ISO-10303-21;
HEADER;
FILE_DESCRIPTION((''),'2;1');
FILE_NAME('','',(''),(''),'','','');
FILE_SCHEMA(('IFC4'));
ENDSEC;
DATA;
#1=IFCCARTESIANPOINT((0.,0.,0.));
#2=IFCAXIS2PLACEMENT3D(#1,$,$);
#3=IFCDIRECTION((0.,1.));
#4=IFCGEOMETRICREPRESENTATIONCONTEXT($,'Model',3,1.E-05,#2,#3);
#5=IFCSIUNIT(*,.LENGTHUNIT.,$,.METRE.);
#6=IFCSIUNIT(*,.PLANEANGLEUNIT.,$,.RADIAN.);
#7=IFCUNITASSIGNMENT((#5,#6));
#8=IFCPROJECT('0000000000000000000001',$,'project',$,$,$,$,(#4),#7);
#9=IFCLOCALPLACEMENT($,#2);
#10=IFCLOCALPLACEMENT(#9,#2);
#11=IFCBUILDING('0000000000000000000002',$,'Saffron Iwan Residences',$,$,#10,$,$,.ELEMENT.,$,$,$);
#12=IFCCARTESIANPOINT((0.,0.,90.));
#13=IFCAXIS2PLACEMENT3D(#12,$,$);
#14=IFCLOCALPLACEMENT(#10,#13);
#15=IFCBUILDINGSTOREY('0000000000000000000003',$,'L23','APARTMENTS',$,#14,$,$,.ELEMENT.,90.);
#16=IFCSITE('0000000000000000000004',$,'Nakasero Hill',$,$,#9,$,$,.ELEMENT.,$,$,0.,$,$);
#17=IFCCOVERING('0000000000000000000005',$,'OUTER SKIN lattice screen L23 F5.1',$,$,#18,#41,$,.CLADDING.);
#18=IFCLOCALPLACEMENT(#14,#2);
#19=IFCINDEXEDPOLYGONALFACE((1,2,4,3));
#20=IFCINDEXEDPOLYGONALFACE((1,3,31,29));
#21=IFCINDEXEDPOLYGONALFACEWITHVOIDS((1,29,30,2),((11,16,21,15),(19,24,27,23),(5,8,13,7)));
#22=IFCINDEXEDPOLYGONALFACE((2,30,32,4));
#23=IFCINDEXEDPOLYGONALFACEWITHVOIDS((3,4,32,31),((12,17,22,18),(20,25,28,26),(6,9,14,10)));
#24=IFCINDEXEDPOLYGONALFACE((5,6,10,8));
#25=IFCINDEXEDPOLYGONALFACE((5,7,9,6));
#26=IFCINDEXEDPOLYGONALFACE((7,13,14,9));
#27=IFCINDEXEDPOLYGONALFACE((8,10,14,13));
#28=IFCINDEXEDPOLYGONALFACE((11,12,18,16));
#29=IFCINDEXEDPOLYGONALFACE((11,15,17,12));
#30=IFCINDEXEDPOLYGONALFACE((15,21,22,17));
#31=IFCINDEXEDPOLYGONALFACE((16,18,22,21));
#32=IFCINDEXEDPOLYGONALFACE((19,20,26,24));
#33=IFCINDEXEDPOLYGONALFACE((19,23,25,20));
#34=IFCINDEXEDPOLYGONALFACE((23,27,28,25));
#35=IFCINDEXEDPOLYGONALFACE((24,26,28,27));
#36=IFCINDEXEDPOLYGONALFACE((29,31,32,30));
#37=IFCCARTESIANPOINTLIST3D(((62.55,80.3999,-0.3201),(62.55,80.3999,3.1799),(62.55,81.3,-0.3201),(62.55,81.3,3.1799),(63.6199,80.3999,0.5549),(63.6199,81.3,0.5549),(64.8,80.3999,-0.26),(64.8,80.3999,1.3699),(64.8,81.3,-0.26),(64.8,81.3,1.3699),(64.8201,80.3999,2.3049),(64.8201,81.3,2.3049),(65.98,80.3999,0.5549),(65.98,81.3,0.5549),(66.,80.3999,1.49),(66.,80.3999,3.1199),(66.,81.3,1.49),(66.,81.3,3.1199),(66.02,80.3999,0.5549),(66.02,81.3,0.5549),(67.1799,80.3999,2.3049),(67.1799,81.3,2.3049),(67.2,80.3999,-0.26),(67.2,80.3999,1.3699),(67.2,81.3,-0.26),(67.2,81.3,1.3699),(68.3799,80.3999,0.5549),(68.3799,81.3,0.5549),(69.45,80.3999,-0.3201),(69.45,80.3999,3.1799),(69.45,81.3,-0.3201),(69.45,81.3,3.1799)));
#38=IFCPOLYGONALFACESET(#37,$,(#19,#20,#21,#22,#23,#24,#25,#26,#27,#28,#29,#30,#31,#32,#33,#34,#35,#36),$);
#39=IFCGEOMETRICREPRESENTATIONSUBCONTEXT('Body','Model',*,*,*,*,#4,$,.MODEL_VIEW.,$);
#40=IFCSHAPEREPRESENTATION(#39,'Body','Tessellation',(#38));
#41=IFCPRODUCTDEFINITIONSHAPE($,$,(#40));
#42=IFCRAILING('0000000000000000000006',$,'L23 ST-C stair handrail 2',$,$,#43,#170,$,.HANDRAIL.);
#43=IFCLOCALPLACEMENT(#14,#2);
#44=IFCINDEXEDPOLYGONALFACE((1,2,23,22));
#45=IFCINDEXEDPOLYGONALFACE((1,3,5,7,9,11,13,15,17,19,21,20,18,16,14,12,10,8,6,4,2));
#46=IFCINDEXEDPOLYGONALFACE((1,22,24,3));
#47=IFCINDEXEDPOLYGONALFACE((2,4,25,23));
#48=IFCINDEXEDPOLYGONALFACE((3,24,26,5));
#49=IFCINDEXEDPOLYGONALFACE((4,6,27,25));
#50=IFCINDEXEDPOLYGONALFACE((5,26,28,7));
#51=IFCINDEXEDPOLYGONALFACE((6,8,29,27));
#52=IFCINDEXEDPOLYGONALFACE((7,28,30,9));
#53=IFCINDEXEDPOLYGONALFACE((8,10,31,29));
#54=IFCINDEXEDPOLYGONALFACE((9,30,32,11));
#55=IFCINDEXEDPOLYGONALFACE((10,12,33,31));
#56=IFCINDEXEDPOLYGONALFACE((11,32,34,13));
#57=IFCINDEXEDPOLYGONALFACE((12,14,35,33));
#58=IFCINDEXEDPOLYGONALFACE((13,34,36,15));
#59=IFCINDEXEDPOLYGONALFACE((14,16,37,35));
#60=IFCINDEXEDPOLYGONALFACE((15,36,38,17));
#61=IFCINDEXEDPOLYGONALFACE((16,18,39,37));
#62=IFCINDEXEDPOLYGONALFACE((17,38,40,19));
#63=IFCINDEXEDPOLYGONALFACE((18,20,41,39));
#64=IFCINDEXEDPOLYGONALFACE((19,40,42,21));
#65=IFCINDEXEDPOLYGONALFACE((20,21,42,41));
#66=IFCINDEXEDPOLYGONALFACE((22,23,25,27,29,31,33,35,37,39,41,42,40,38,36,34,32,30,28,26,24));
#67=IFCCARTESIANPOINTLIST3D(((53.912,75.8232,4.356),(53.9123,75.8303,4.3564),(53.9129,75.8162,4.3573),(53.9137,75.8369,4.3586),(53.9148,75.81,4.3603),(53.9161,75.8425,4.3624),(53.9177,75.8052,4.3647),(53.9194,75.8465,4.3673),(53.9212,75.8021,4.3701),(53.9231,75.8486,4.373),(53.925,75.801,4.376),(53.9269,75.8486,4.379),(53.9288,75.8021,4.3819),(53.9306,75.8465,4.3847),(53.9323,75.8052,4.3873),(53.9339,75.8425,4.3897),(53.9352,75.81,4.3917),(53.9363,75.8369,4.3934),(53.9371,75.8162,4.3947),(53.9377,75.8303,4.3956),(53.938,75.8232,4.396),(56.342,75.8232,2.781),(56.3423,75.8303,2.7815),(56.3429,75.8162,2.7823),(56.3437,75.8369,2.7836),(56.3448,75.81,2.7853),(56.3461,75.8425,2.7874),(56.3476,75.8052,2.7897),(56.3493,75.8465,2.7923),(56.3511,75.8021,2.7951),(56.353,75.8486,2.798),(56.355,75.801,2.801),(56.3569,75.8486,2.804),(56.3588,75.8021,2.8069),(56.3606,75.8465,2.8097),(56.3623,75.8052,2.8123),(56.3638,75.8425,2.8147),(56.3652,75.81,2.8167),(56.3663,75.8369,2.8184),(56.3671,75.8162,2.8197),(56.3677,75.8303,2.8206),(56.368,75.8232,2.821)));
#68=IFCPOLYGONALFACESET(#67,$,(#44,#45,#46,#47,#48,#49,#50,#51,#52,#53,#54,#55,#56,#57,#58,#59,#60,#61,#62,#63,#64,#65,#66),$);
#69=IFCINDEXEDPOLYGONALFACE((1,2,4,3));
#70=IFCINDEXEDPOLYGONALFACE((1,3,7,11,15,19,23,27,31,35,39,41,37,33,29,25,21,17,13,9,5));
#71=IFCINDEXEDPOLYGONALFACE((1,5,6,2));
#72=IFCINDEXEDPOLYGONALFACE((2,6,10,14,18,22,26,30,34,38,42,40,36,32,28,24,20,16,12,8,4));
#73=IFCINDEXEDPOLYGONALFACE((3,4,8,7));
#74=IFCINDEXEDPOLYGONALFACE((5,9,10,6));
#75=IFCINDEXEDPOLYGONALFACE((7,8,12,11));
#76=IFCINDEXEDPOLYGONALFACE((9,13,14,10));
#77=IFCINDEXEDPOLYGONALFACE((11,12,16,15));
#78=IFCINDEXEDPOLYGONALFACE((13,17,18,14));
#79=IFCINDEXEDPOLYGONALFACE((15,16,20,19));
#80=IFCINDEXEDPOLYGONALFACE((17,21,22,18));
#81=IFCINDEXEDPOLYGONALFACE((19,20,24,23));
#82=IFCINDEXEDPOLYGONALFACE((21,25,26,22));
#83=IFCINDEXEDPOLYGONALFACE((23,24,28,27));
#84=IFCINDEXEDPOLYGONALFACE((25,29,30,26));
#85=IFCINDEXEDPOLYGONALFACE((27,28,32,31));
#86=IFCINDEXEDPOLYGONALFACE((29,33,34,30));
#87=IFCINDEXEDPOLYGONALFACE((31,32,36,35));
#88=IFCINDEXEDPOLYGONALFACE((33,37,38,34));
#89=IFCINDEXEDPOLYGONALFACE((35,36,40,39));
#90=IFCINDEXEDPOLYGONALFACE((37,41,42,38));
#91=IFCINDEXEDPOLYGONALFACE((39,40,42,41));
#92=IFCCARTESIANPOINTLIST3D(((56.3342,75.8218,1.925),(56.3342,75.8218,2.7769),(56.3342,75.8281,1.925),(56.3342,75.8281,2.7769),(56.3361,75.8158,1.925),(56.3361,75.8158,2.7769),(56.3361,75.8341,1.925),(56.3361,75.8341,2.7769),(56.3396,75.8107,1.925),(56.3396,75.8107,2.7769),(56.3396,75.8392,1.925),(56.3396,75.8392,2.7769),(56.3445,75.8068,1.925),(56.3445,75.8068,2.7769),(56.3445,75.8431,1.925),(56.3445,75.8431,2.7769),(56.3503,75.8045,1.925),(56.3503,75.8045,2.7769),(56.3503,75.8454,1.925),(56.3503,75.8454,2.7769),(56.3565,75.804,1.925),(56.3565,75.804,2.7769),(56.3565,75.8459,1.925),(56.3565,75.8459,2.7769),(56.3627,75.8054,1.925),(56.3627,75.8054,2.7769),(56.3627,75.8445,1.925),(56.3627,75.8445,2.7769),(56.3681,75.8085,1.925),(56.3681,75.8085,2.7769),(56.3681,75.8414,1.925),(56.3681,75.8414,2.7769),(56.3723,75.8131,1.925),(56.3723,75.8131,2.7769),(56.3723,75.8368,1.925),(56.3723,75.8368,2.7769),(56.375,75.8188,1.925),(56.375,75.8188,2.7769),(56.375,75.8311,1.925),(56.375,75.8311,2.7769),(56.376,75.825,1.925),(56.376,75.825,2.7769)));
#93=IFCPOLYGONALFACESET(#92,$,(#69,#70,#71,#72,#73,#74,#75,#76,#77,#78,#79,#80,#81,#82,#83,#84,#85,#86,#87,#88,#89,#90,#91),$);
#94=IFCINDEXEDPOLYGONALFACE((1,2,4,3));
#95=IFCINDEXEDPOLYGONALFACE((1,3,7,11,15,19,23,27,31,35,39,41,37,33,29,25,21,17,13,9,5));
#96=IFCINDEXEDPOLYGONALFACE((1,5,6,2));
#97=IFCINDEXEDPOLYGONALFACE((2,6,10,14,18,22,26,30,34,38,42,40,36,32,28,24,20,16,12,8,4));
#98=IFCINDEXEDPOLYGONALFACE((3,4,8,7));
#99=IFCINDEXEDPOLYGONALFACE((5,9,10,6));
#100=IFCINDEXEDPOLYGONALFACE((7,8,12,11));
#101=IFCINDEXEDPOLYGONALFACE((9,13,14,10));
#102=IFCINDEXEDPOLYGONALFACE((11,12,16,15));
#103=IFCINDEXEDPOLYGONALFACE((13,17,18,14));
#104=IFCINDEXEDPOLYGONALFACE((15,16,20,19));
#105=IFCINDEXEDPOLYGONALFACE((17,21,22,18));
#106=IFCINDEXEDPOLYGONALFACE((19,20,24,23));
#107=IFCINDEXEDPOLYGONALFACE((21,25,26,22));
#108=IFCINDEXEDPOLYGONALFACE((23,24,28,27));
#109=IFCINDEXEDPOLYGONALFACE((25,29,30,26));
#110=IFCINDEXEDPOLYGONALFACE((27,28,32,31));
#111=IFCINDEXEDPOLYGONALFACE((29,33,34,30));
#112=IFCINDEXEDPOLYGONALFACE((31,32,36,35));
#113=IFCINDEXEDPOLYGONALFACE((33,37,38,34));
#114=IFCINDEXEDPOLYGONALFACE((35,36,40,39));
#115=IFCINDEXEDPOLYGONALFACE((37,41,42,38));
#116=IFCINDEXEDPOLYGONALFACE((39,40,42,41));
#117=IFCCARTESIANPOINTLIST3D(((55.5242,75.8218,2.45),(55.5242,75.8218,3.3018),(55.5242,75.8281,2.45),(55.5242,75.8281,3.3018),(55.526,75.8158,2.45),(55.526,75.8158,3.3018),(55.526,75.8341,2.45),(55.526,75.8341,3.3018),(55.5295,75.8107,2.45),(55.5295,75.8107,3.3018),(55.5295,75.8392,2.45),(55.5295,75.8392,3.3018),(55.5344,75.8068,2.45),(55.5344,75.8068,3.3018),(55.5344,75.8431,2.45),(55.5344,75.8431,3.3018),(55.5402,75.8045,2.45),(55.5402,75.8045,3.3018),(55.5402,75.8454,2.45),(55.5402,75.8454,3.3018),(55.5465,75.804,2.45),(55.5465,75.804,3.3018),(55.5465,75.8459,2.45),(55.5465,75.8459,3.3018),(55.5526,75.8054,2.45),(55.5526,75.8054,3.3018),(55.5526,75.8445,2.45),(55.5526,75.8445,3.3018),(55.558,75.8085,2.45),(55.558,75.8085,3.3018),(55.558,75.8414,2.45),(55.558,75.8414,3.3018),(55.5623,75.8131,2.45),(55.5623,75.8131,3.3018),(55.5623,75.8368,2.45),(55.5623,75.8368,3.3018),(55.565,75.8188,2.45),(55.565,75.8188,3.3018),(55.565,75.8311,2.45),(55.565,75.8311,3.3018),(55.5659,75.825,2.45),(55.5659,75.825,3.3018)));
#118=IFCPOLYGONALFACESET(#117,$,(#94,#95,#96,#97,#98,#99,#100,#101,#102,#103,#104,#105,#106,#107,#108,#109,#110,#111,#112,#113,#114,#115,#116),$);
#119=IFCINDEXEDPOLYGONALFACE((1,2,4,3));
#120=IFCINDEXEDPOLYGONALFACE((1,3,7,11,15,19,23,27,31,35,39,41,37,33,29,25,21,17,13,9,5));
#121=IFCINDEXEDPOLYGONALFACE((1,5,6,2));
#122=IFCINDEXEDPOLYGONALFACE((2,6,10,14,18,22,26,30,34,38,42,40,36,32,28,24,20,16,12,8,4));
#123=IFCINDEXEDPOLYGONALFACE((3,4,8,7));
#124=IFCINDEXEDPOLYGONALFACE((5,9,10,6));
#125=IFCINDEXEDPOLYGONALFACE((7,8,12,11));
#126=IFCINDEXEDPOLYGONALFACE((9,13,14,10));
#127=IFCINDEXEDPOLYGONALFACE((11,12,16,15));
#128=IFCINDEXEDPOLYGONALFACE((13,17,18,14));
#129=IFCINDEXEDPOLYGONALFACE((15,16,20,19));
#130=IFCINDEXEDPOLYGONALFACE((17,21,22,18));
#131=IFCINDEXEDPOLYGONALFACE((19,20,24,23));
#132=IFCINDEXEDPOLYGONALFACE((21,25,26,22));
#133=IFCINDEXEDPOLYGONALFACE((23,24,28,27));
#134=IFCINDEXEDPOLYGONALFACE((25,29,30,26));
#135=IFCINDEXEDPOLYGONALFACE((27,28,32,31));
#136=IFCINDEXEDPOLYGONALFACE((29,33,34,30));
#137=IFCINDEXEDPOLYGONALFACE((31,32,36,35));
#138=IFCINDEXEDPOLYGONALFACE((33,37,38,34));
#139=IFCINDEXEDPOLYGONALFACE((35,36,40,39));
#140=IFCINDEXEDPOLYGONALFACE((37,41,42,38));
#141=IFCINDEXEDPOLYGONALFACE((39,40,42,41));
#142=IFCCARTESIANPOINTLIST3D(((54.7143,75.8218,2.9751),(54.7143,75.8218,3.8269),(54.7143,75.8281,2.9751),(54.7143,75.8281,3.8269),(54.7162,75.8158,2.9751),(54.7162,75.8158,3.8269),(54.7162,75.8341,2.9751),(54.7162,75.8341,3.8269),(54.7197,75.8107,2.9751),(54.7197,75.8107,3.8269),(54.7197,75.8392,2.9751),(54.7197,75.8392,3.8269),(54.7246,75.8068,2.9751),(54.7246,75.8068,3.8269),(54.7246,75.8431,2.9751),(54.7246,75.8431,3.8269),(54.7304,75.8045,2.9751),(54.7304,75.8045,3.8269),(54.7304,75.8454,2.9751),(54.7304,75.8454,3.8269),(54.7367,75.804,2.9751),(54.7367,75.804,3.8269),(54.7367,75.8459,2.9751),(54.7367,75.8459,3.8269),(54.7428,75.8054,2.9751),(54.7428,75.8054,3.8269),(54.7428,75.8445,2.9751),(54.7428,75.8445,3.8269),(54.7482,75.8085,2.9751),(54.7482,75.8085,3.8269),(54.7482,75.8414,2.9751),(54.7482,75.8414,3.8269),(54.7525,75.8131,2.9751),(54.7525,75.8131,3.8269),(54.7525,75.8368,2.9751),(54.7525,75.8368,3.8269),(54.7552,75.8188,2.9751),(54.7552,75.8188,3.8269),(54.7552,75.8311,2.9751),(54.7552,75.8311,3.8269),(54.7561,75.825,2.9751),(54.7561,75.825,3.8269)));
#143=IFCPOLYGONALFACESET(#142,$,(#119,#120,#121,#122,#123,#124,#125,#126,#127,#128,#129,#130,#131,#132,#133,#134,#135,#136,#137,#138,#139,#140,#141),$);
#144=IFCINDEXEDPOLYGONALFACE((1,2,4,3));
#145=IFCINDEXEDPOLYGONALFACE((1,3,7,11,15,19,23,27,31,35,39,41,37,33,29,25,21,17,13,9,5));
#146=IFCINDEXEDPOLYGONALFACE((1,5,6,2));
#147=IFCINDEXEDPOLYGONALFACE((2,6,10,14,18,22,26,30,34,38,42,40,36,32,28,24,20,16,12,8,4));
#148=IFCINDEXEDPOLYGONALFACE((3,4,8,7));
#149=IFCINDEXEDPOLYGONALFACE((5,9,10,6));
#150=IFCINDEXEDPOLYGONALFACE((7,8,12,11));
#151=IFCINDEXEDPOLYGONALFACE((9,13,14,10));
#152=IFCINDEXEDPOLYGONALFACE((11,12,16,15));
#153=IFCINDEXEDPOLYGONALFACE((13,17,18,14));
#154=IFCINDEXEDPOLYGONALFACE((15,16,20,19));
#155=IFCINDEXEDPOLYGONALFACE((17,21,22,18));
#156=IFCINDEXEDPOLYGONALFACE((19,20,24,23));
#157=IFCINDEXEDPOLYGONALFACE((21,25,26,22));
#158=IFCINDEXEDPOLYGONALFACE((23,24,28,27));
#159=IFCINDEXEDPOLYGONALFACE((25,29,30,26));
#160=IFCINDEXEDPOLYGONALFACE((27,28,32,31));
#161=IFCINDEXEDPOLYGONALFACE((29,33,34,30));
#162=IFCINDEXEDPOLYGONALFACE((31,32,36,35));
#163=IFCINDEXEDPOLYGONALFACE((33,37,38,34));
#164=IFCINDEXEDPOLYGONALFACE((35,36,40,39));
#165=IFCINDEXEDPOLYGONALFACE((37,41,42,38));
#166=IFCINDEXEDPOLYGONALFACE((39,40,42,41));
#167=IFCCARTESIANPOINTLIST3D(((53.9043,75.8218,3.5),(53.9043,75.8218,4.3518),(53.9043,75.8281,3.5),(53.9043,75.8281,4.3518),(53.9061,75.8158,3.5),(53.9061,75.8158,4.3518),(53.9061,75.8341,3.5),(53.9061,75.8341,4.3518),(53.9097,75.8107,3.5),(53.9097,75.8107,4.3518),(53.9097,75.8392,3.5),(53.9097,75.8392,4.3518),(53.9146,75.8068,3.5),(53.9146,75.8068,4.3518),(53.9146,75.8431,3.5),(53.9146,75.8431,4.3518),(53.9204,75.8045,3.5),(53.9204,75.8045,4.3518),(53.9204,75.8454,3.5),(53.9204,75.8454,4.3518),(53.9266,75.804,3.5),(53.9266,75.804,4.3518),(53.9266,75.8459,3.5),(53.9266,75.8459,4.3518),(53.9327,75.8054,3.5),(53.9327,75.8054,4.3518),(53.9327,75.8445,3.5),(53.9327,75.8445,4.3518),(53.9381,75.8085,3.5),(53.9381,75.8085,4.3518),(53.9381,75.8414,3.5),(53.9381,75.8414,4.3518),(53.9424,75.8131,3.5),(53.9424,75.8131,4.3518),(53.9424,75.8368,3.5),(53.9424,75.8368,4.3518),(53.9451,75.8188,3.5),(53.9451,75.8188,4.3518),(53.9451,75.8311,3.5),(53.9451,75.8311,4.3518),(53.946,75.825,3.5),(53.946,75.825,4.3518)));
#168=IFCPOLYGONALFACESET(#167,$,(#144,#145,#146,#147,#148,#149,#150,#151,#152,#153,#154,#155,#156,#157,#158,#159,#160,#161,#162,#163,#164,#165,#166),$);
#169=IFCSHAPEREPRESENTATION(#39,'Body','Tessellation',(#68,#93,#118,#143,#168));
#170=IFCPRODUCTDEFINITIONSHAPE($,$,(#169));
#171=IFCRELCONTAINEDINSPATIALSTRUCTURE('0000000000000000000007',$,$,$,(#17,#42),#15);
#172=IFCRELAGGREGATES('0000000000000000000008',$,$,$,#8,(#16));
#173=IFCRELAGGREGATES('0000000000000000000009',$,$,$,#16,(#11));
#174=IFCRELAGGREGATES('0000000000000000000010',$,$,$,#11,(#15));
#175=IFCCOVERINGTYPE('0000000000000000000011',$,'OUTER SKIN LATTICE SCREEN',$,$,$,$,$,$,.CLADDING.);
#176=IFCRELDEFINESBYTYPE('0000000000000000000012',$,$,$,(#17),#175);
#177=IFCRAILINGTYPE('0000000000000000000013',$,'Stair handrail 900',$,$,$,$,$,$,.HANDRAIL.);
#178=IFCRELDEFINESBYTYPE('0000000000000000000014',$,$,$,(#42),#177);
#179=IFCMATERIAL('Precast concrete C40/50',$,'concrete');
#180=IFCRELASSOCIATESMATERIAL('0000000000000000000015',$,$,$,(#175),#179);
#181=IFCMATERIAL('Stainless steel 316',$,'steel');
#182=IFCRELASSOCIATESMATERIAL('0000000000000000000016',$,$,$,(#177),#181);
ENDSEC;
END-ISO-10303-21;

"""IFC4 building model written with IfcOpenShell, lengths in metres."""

from ifc_helpers import new_model, si_unit, direction, frame, origin, origin_2d, place, context, subcontext, project, spatial, polyline, circle, outline, extrude, material, type_object, element, save


model = new_model("IFC4")

# Units and contexts
model_context = context("Model", 3, precision=1e-05, world=origin(), true_north=direction((0.0, 1.0)))
body_context = subcontext(model_context, "Body", "Model", "MODEL_VIEW")
ifc_project = project(units=[si_unit("LENGTHUNIT", "METRE"), si_unit("PLANEANGLEUNIT", "RADIAN")], contexts=[model_context])

# Site, building, storey
site_placement = place(None, origin())
site = spatial("IfcSite", under=ifc_project, at=site_placement, Name="Nakasero Hill", CompositionType="ELEMENT", RefElevation=0.0)
building_placement = place(site_placement, origin())
building = spatial("IfcBuilding", under=site, at=building_placement, Name="Saffron Iwan Residences", CompositionType="ELEMENT")
storey_placement = place(building_placement, frame((0.0, 0.0, 90.0)))
storey = spatial("IfcBuildingStorey", under=building, at=storey_placement, Name="L23", Description="APARTMENTS", CompositionType="ELEMENT", Elevation=90.0)

# Covering
ifc_material_1 = material(Name="Precast concrete C40/50", Category="concrete")
covering_type_1 = type_object("IfcCoveringType", Name="OUTER SKIN LATTICE SCREEN", PredefinedType="CLADDING", material=ifc_material_1)
covering_placement = place(storey_placement, frame((69.45, 80.3999, -0.3201), z_axis=(0.0, 1.0, 0.0), x_axis=(-1.0, 0.0, 0.0)))
element("IfcCovering", 1, at=covering_placement, inside=storey, type_object=covering_type_1, Name="OUTER SKIN lattice screen L23 F5.1", PredefinedType="CLADDING", context=body_context, shape_type="SweptSolid", body=[
    extrude(outline(polyline([(0.0, 0.0), (6.8999, 0.0), (6.8999, 3.5), (0.0, 3.5), (0.0, 0.0)]), holes=[polyline([(1.0701, 0.875), (2.25, 0.0601), (3.4299, 0.875), (2.25, 1.6899), (1.0701, 0.875)]), polyline([(3.47, 0.875), (4.6499, 0.0601), (5.8301, 0.875), (4.6499, 1.6899), (3.47, 0.875)]), polyline([(2.27, 2.625), (3.45, 1.8101), (4.6299, 2.625), (3.45, 3.4399), (2.27, 2.625)])]), origin(), (0.0, 0.0, 1.0), 0.9001),
])

# Railing
ifc_material_2 = material(Name="Stainless steel 316", Category="steel")
railing_type = type_object("IfcRailingType", Name="Stair handrail 900", PredefinedType="HANDRAIL", material=ifc_material_2)
railing_1_placement = place(storey_placement, frame((56.355, 75.825, 1.925)))
element("IfcRailing", 2, at=railing_1_placement, inside=storey, type_object=railing_type, Name="L23 ST-C stair handrail 2", PredefinedType="HANDRAIL", context=body_context, shape_type="SweptSolid", body=[
    extrude(circle(Radius=0.0239, at=origin_2d()), frame((0.0, 0.0, 0.876), z_axis=(-0.839154, 0.0, 0.543894), x_axis=(0.0, -1.0, 0.0)), (0.0, 0.0, 1.0), 2.8958),
    extrude(circle(Radius=0.021, at=origin_2d()), origin(), (0.0, 0.0, 1.0), 0.8518),
    extrude(circle(Radius=0.021, at=origin_2d()), frame((-0.8101, 0.0, 0.5249)), (0.0, 0.0, 1.0), 0.8518),
    extrude(circle(Radius=0.021, at=origin_2d()), frame((-1.6199, 0.0, 1.05)), (0.0, 0.0, 1.0), 0.8518),
    extrude(circle(Radius=0.021, at=origin_2d()), frame((-2.4299, 0.0, 1.575)), (0.0, 0.0, 1.0), 0.8518),
])

save(model, "model.ifc")
